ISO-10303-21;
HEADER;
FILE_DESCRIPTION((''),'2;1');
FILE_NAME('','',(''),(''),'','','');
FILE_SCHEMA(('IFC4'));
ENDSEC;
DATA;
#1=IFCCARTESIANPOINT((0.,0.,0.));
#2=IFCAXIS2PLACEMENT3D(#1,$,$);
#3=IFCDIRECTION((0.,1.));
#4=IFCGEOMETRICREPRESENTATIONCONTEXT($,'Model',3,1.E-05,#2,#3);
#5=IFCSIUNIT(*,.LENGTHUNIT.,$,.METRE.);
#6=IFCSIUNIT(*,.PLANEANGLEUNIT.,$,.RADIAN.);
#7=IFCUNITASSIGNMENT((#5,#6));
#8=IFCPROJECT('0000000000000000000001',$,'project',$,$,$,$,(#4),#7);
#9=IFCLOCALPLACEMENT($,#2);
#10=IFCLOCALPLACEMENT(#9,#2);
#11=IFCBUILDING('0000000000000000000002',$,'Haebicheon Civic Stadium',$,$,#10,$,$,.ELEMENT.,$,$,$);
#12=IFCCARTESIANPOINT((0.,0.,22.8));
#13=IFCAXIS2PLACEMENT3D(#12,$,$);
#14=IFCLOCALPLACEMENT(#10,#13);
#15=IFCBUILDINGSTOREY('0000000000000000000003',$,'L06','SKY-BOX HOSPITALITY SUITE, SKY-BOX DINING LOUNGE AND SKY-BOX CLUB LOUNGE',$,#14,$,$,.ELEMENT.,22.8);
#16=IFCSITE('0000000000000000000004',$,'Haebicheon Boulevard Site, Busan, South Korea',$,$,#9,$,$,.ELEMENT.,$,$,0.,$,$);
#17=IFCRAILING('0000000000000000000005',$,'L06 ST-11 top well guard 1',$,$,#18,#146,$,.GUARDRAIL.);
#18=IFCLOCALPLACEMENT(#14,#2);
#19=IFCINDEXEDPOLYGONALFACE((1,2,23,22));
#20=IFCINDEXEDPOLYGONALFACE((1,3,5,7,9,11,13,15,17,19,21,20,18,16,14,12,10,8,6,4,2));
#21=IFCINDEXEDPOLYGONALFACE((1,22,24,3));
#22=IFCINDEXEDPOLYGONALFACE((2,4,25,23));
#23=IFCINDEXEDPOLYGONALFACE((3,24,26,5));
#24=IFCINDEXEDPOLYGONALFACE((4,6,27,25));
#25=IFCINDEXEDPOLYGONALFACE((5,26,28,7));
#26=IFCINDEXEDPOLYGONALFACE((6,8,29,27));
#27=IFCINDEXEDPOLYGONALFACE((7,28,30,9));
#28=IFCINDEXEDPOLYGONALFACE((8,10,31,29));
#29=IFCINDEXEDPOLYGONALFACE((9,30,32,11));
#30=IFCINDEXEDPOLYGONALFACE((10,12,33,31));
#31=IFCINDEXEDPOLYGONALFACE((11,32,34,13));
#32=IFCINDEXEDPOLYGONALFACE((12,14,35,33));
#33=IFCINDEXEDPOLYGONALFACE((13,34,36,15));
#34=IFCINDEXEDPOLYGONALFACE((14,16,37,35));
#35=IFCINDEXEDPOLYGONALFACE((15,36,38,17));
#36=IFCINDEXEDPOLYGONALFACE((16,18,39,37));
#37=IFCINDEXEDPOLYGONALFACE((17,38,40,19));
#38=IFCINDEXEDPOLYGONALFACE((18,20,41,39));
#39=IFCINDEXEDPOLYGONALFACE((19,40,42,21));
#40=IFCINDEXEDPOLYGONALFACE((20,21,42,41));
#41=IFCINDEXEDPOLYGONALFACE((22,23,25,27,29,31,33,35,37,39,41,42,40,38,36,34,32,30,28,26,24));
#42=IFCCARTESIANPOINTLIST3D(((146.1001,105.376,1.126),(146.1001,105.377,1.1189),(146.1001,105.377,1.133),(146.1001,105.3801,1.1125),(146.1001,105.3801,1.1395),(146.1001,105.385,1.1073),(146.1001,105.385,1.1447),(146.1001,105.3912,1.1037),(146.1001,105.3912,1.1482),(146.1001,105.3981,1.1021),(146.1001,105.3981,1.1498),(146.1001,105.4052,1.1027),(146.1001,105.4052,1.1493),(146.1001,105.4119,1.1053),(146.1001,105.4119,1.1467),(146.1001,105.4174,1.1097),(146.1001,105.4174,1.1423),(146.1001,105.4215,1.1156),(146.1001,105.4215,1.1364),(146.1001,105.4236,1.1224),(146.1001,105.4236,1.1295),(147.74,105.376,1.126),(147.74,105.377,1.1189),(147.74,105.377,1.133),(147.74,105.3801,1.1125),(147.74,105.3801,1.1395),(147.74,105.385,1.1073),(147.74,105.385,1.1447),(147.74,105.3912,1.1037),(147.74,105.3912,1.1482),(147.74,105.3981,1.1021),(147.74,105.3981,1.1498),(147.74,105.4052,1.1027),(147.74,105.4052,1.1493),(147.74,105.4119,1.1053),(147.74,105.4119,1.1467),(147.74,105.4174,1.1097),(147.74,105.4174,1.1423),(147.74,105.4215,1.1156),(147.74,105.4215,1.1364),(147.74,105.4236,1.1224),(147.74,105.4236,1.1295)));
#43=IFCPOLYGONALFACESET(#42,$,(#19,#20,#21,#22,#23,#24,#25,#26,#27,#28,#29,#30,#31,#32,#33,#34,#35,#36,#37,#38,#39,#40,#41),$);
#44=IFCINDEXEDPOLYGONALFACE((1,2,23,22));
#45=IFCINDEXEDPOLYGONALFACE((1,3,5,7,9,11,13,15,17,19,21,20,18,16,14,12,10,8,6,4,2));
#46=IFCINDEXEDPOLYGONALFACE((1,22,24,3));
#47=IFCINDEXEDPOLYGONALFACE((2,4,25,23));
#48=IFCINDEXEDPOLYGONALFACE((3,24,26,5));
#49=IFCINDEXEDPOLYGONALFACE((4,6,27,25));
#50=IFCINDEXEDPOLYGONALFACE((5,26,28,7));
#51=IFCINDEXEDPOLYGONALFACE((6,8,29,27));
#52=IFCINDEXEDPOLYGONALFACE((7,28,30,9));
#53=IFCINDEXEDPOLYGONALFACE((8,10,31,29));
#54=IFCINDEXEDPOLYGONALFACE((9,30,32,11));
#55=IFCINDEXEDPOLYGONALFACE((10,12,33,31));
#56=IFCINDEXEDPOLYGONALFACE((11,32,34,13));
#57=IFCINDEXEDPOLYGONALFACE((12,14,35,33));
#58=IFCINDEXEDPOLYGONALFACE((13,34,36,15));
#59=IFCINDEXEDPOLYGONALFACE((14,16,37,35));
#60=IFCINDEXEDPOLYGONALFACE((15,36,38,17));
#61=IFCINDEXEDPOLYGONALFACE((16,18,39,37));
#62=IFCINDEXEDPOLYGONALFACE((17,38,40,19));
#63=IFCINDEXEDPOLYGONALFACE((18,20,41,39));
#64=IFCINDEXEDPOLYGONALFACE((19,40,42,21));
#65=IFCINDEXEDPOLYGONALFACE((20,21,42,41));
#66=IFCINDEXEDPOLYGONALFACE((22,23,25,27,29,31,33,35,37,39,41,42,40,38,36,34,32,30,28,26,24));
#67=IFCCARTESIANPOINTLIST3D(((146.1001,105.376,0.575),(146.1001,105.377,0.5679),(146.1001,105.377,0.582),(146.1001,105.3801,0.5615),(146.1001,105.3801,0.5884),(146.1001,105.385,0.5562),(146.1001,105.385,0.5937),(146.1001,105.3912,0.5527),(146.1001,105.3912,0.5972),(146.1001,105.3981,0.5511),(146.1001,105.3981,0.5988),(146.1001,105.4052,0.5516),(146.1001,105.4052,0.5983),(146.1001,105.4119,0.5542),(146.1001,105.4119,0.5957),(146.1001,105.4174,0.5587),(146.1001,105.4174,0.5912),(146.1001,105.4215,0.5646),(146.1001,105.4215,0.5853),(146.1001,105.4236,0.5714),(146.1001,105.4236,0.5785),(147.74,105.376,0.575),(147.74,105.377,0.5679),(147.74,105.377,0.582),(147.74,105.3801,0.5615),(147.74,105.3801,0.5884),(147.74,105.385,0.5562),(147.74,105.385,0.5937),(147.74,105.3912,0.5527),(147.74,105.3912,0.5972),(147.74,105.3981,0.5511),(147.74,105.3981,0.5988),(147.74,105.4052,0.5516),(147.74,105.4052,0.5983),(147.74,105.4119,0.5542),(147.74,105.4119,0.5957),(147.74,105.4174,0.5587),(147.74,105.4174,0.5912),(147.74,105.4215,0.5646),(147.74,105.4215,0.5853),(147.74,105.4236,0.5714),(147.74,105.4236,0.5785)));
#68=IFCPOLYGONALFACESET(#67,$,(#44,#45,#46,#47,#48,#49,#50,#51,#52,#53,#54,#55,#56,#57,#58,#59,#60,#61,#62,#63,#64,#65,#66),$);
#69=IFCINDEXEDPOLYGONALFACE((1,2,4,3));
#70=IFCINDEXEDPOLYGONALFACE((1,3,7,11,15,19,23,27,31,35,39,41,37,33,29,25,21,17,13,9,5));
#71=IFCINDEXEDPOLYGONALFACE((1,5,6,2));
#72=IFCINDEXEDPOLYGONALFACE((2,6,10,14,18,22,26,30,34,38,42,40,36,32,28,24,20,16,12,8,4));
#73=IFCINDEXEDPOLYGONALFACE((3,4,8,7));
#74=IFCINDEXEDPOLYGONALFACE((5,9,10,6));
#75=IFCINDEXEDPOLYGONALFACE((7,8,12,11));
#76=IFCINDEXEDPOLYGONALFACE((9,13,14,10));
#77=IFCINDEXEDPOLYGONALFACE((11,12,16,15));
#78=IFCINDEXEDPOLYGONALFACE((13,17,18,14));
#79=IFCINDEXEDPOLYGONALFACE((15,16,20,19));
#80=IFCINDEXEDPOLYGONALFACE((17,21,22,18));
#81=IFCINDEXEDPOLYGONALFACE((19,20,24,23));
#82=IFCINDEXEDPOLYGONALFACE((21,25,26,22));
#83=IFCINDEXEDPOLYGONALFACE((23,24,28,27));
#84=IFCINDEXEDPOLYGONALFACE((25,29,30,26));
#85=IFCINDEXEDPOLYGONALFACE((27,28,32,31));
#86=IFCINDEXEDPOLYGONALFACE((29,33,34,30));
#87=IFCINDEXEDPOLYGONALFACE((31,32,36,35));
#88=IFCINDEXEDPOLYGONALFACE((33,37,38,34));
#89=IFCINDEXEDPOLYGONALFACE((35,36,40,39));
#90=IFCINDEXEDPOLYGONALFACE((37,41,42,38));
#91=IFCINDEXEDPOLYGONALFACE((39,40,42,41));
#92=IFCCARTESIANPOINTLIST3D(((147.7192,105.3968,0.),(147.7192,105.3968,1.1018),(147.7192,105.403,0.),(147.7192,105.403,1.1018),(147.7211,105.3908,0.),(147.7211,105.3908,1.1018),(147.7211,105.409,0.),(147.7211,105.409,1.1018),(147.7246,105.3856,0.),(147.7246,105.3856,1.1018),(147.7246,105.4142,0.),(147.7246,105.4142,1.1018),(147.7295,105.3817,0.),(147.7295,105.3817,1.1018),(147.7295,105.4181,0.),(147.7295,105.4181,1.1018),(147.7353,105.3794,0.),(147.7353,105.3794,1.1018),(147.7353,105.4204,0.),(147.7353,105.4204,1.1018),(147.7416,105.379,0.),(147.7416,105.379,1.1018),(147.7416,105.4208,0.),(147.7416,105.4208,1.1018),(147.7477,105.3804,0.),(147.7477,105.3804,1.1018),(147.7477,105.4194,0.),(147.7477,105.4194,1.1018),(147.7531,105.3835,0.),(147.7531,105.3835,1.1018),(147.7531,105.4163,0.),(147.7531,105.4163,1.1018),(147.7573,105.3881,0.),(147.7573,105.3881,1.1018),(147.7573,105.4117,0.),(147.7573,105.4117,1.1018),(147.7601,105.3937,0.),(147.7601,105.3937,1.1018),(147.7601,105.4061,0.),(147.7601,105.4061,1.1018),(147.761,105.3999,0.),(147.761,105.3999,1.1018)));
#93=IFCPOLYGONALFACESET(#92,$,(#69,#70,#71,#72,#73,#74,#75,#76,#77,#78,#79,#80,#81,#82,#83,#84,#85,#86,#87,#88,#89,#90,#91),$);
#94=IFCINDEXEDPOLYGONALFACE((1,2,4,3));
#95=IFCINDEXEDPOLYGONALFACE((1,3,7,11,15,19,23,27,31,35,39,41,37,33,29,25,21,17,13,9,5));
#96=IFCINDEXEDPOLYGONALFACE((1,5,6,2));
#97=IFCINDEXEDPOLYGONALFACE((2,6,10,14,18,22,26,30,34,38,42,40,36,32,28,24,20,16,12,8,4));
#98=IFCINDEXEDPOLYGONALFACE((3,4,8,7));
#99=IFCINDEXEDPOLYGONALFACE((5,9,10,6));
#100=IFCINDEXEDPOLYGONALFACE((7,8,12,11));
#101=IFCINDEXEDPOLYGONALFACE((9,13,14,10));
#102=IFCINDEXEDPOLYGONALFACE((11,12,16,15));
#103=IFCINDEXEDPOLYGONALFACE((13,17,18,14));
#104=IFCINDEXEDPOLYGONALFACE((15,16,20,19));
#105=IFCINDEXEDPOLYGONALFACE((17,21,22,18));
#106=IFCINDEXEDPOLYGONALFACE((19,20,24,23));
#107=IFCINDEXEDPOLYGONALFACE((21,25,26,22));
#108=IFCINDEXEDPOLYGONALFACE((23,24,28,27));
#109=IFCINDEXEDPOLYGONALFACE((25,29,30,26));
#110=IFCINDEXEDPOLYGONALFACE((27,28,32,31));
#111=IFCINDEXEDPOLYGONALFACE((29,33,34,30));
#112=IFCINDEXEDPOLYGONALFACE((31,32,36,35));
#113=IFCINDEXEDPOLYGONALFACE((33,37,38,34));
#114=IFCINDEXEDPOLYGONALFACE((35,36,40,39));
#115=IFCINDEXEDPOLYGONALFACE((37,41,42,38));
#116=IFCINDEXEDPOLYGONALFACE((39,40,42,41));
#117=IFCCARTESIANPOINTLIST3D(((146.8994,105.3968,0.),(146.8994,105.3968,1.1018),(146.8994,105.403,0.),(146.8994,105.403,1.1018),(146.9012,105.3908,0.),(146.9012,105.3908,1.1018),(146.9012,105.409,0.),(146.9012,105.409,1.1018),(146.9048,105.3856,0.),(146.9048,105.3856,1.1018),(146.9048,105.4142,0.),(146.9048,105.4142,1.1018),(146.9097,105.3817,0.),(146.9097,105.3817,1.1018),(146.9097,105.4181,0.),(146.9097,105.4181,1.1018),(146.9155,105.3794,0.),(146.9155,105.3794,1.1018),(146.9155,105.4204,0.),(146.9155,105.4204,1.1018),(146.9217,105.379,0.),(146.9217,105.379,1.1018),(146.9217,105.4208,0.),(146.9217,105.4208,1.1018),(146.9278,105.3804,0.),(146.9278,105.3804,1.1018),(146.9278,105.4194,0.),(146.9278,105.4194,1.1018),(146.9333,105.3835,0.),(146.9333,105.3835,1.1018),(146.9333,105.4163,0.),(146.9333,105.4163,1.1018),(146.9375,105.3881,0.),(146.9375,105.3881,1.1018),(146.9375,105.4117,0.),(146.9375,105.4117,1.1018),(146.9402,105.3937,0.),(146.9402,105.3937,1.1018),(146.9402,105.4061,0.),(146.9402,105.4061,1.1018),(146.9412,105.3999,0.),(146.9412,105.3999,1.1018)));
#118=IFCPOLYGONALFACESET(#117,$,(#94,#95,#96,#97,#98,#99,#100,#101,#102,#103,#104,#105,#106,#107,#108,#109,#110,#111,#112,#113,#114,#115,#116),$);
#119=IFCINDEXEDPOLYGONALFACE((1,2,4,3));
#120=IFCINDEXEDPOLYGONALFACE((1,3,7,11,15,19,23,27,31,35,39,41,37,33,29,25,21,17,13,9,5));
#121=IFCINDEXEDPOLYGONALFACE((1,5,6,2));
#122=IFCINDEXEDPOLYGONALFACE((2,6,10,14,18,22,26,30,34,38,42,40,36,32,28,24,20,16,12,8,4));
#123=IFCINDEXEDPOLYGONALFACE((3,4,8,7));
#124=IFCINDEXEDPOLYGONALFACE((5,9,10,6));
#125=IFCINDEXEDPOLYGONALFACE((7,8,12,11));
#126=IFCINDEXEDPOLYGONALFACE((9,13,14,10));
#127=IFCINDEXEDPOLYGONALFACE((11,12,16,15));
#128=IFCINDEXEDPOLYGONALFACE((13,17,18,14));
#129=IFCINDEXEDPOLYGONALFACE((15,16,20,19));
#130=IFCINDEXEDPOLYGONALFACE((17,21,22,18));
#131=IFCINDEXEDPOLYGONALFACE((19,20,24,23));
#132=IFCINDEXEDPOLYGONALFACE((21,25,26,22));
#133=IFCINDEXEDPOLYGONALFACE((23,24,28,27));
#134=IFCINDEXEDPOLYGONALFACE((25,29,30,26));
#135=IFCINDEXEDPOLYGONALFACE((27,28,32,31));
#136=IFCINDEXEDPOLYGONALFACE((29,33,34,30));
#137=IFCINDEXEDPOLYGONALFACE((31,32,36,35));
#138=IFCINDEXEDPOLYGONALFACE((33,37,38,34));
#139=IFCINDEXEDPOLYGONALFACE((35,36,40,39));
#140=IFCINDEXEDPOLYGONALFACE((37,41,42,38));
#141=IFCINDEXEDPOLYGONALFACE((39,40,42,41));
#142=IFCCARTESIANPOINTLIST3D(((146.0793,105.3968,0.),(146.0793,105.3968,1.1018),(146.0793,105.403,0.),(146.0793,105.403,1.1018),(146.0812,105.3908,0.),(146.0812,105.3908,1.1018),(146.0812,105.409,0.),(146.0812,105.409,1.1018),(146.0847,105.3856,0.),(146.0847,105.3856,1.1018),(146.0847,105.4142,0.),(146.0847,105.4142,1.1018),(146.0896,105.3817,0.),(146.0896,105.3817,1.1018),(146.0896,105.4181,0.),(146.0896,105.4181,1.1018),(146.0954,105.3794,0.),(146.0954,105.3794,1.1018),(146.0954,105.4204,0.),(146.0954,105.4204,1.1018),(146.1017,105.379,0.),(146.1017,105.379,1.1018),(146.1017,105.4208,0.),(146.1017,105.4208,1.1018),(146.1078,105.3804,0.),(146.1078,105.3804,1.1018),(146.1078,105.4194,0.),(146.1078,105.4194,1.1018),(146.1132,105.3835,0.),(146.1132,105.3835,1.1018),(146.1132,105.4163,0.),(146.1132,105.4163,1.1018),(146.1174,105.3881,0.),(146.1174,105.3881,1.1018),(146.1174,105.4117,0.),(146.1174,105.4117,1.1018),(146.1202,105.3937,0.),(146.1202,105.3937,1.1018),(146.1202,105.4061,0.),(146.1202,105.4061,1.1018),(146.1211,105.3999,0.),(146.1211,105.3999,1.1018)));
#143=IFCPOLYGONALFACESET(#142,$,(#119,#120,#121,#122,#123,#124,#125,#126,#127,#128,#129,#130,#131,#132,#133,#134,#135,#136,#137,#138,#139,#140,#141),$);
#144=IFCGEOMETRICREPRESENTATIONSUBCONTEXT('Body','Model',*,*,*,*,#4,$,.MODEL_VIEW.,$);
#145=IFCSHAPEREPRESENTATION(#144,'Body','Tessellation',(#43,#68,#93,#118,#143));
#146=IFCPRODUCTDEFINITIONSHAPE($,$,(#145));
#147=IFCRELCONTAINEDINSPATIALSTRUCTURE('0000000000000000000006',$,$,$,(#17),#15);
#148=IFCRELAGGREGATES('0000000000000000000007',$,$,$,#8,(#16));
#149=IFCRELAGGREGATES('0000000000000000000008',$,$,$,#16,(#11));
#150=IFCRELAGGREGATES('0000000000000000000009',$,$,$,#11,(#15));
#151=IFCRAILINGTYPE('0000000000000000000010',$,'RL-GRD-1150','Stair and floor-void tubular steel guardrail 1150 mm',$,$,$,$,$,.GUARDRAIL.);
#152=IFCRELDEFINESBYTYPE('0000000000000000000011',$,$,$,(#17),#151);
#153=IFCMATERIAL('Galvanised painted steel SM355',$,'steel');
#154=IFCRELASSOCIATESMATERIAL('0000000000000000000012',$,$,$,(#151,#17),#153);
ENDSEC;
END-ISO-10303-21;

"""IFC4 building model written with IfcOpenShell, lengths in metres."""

from ifc_helpers import new_model, si_unit, direction, frame, origin, origin_2d, place, context, subcontext, project, spatial, circle, extrude, material, type_object, element, save


model = new_model("IFC4")

# Units and contexts
model_context = context("Model", 3, precision=1e-05, world=origin(), true_north=direction((0.0, 1.0)))
body_context = subcontext(model_context, "Body", "Model", "MODEL_VIEW")
ifc_project = project(units=[si_unit("LENGTHUNIT", "METRE"), si_unit("PLANEANGLEUNIT", "RADIAN")], contexts=[model_context])

# Site, building, storey
site_placement = place(None, origin())
site = spatial("IfcSite", under=ifc_project, at=site_placement, Name="Haebicheon Boulevard Site, Busan, South Korea", CompositionType="ELEMENT", RefElevation=0.0)
building_placement = place(site_placement, origin())
building = spatial("IfcBuilding", under=site, at=building_placement, Name="Haebicheon Civic Stadium", CompositionType="ELEMENT")
storey_placement = place(building_placement, frame((0.0, 0.0, 22.8)))
storey = spatial("IfcBuildingStorey", under=building, at=storey_placement, Name="L06", Description="SKY-BOX HOSPITALITY SUITE, SKY-BOX DINING LOUNGE AND SKY-BOX CLUB LOUNGE", CompositionType="ELEMENT", Elevation=22.8)

# Railing
ifc_material_1 = material(Name="Galvanised painted steel SM355", Category="steel")
railing_type = type_object("IfcRailingType", Name="RL-GRD-1150", Description="Stair and floor-void tubular steel guardrail 1150 mm", PredefinedType="GUARDRAIL", material=ifc_material_1)
railing_1_placement = place(storey_placement, frame((147.74, 105.3999, 0.0)))
element("IfcRailing", 1, at=railing_1_placement, inside=storey, type_object=railing_type, material=ifc_material_1, Name="L06 ST-11 top well guard 1", PredefinedType="GUARDRAIL", context=body_context, shape_type="SweptSolid", body=[
    extrude(circle(Radius=0.0239, at=origin_2d()), frame((0.0, 0.0, 1.126), z_axis=(-1.0, 0.0, 0.0), x_axis=(0.0, -1.0, 0.0)), (0.0, 0.0, 1.0), 1.6399),
    extrude(circle(Radius=0.0239, at=origin_2d()), frame((0.0, 0.0, 0.575), z_axis=(-1.0, 0.0, 0.0), x_axis=(0.0, -1.0, 0.0)), (0.0, 0.0, 1.0), 1.6399),
    extrude(circle(Radius=0.021, at=origin_2d()), origin(), (0.0, 0.0, 1.0), 1.1018),
    extrude(circle(Radius=0.021, at=origin_2d()), frame((-0.8198, 0.0, 0.0)), (0.0, 0.0, 1.0), 1.1018),
    extrude(circle(Radius=0.021, at=origin_2d()), frame((-1.6399, 0.0, 0.0)), (0.0, 0.0, 1.0), 1.1018),
])

save(model, "model.ifc")
